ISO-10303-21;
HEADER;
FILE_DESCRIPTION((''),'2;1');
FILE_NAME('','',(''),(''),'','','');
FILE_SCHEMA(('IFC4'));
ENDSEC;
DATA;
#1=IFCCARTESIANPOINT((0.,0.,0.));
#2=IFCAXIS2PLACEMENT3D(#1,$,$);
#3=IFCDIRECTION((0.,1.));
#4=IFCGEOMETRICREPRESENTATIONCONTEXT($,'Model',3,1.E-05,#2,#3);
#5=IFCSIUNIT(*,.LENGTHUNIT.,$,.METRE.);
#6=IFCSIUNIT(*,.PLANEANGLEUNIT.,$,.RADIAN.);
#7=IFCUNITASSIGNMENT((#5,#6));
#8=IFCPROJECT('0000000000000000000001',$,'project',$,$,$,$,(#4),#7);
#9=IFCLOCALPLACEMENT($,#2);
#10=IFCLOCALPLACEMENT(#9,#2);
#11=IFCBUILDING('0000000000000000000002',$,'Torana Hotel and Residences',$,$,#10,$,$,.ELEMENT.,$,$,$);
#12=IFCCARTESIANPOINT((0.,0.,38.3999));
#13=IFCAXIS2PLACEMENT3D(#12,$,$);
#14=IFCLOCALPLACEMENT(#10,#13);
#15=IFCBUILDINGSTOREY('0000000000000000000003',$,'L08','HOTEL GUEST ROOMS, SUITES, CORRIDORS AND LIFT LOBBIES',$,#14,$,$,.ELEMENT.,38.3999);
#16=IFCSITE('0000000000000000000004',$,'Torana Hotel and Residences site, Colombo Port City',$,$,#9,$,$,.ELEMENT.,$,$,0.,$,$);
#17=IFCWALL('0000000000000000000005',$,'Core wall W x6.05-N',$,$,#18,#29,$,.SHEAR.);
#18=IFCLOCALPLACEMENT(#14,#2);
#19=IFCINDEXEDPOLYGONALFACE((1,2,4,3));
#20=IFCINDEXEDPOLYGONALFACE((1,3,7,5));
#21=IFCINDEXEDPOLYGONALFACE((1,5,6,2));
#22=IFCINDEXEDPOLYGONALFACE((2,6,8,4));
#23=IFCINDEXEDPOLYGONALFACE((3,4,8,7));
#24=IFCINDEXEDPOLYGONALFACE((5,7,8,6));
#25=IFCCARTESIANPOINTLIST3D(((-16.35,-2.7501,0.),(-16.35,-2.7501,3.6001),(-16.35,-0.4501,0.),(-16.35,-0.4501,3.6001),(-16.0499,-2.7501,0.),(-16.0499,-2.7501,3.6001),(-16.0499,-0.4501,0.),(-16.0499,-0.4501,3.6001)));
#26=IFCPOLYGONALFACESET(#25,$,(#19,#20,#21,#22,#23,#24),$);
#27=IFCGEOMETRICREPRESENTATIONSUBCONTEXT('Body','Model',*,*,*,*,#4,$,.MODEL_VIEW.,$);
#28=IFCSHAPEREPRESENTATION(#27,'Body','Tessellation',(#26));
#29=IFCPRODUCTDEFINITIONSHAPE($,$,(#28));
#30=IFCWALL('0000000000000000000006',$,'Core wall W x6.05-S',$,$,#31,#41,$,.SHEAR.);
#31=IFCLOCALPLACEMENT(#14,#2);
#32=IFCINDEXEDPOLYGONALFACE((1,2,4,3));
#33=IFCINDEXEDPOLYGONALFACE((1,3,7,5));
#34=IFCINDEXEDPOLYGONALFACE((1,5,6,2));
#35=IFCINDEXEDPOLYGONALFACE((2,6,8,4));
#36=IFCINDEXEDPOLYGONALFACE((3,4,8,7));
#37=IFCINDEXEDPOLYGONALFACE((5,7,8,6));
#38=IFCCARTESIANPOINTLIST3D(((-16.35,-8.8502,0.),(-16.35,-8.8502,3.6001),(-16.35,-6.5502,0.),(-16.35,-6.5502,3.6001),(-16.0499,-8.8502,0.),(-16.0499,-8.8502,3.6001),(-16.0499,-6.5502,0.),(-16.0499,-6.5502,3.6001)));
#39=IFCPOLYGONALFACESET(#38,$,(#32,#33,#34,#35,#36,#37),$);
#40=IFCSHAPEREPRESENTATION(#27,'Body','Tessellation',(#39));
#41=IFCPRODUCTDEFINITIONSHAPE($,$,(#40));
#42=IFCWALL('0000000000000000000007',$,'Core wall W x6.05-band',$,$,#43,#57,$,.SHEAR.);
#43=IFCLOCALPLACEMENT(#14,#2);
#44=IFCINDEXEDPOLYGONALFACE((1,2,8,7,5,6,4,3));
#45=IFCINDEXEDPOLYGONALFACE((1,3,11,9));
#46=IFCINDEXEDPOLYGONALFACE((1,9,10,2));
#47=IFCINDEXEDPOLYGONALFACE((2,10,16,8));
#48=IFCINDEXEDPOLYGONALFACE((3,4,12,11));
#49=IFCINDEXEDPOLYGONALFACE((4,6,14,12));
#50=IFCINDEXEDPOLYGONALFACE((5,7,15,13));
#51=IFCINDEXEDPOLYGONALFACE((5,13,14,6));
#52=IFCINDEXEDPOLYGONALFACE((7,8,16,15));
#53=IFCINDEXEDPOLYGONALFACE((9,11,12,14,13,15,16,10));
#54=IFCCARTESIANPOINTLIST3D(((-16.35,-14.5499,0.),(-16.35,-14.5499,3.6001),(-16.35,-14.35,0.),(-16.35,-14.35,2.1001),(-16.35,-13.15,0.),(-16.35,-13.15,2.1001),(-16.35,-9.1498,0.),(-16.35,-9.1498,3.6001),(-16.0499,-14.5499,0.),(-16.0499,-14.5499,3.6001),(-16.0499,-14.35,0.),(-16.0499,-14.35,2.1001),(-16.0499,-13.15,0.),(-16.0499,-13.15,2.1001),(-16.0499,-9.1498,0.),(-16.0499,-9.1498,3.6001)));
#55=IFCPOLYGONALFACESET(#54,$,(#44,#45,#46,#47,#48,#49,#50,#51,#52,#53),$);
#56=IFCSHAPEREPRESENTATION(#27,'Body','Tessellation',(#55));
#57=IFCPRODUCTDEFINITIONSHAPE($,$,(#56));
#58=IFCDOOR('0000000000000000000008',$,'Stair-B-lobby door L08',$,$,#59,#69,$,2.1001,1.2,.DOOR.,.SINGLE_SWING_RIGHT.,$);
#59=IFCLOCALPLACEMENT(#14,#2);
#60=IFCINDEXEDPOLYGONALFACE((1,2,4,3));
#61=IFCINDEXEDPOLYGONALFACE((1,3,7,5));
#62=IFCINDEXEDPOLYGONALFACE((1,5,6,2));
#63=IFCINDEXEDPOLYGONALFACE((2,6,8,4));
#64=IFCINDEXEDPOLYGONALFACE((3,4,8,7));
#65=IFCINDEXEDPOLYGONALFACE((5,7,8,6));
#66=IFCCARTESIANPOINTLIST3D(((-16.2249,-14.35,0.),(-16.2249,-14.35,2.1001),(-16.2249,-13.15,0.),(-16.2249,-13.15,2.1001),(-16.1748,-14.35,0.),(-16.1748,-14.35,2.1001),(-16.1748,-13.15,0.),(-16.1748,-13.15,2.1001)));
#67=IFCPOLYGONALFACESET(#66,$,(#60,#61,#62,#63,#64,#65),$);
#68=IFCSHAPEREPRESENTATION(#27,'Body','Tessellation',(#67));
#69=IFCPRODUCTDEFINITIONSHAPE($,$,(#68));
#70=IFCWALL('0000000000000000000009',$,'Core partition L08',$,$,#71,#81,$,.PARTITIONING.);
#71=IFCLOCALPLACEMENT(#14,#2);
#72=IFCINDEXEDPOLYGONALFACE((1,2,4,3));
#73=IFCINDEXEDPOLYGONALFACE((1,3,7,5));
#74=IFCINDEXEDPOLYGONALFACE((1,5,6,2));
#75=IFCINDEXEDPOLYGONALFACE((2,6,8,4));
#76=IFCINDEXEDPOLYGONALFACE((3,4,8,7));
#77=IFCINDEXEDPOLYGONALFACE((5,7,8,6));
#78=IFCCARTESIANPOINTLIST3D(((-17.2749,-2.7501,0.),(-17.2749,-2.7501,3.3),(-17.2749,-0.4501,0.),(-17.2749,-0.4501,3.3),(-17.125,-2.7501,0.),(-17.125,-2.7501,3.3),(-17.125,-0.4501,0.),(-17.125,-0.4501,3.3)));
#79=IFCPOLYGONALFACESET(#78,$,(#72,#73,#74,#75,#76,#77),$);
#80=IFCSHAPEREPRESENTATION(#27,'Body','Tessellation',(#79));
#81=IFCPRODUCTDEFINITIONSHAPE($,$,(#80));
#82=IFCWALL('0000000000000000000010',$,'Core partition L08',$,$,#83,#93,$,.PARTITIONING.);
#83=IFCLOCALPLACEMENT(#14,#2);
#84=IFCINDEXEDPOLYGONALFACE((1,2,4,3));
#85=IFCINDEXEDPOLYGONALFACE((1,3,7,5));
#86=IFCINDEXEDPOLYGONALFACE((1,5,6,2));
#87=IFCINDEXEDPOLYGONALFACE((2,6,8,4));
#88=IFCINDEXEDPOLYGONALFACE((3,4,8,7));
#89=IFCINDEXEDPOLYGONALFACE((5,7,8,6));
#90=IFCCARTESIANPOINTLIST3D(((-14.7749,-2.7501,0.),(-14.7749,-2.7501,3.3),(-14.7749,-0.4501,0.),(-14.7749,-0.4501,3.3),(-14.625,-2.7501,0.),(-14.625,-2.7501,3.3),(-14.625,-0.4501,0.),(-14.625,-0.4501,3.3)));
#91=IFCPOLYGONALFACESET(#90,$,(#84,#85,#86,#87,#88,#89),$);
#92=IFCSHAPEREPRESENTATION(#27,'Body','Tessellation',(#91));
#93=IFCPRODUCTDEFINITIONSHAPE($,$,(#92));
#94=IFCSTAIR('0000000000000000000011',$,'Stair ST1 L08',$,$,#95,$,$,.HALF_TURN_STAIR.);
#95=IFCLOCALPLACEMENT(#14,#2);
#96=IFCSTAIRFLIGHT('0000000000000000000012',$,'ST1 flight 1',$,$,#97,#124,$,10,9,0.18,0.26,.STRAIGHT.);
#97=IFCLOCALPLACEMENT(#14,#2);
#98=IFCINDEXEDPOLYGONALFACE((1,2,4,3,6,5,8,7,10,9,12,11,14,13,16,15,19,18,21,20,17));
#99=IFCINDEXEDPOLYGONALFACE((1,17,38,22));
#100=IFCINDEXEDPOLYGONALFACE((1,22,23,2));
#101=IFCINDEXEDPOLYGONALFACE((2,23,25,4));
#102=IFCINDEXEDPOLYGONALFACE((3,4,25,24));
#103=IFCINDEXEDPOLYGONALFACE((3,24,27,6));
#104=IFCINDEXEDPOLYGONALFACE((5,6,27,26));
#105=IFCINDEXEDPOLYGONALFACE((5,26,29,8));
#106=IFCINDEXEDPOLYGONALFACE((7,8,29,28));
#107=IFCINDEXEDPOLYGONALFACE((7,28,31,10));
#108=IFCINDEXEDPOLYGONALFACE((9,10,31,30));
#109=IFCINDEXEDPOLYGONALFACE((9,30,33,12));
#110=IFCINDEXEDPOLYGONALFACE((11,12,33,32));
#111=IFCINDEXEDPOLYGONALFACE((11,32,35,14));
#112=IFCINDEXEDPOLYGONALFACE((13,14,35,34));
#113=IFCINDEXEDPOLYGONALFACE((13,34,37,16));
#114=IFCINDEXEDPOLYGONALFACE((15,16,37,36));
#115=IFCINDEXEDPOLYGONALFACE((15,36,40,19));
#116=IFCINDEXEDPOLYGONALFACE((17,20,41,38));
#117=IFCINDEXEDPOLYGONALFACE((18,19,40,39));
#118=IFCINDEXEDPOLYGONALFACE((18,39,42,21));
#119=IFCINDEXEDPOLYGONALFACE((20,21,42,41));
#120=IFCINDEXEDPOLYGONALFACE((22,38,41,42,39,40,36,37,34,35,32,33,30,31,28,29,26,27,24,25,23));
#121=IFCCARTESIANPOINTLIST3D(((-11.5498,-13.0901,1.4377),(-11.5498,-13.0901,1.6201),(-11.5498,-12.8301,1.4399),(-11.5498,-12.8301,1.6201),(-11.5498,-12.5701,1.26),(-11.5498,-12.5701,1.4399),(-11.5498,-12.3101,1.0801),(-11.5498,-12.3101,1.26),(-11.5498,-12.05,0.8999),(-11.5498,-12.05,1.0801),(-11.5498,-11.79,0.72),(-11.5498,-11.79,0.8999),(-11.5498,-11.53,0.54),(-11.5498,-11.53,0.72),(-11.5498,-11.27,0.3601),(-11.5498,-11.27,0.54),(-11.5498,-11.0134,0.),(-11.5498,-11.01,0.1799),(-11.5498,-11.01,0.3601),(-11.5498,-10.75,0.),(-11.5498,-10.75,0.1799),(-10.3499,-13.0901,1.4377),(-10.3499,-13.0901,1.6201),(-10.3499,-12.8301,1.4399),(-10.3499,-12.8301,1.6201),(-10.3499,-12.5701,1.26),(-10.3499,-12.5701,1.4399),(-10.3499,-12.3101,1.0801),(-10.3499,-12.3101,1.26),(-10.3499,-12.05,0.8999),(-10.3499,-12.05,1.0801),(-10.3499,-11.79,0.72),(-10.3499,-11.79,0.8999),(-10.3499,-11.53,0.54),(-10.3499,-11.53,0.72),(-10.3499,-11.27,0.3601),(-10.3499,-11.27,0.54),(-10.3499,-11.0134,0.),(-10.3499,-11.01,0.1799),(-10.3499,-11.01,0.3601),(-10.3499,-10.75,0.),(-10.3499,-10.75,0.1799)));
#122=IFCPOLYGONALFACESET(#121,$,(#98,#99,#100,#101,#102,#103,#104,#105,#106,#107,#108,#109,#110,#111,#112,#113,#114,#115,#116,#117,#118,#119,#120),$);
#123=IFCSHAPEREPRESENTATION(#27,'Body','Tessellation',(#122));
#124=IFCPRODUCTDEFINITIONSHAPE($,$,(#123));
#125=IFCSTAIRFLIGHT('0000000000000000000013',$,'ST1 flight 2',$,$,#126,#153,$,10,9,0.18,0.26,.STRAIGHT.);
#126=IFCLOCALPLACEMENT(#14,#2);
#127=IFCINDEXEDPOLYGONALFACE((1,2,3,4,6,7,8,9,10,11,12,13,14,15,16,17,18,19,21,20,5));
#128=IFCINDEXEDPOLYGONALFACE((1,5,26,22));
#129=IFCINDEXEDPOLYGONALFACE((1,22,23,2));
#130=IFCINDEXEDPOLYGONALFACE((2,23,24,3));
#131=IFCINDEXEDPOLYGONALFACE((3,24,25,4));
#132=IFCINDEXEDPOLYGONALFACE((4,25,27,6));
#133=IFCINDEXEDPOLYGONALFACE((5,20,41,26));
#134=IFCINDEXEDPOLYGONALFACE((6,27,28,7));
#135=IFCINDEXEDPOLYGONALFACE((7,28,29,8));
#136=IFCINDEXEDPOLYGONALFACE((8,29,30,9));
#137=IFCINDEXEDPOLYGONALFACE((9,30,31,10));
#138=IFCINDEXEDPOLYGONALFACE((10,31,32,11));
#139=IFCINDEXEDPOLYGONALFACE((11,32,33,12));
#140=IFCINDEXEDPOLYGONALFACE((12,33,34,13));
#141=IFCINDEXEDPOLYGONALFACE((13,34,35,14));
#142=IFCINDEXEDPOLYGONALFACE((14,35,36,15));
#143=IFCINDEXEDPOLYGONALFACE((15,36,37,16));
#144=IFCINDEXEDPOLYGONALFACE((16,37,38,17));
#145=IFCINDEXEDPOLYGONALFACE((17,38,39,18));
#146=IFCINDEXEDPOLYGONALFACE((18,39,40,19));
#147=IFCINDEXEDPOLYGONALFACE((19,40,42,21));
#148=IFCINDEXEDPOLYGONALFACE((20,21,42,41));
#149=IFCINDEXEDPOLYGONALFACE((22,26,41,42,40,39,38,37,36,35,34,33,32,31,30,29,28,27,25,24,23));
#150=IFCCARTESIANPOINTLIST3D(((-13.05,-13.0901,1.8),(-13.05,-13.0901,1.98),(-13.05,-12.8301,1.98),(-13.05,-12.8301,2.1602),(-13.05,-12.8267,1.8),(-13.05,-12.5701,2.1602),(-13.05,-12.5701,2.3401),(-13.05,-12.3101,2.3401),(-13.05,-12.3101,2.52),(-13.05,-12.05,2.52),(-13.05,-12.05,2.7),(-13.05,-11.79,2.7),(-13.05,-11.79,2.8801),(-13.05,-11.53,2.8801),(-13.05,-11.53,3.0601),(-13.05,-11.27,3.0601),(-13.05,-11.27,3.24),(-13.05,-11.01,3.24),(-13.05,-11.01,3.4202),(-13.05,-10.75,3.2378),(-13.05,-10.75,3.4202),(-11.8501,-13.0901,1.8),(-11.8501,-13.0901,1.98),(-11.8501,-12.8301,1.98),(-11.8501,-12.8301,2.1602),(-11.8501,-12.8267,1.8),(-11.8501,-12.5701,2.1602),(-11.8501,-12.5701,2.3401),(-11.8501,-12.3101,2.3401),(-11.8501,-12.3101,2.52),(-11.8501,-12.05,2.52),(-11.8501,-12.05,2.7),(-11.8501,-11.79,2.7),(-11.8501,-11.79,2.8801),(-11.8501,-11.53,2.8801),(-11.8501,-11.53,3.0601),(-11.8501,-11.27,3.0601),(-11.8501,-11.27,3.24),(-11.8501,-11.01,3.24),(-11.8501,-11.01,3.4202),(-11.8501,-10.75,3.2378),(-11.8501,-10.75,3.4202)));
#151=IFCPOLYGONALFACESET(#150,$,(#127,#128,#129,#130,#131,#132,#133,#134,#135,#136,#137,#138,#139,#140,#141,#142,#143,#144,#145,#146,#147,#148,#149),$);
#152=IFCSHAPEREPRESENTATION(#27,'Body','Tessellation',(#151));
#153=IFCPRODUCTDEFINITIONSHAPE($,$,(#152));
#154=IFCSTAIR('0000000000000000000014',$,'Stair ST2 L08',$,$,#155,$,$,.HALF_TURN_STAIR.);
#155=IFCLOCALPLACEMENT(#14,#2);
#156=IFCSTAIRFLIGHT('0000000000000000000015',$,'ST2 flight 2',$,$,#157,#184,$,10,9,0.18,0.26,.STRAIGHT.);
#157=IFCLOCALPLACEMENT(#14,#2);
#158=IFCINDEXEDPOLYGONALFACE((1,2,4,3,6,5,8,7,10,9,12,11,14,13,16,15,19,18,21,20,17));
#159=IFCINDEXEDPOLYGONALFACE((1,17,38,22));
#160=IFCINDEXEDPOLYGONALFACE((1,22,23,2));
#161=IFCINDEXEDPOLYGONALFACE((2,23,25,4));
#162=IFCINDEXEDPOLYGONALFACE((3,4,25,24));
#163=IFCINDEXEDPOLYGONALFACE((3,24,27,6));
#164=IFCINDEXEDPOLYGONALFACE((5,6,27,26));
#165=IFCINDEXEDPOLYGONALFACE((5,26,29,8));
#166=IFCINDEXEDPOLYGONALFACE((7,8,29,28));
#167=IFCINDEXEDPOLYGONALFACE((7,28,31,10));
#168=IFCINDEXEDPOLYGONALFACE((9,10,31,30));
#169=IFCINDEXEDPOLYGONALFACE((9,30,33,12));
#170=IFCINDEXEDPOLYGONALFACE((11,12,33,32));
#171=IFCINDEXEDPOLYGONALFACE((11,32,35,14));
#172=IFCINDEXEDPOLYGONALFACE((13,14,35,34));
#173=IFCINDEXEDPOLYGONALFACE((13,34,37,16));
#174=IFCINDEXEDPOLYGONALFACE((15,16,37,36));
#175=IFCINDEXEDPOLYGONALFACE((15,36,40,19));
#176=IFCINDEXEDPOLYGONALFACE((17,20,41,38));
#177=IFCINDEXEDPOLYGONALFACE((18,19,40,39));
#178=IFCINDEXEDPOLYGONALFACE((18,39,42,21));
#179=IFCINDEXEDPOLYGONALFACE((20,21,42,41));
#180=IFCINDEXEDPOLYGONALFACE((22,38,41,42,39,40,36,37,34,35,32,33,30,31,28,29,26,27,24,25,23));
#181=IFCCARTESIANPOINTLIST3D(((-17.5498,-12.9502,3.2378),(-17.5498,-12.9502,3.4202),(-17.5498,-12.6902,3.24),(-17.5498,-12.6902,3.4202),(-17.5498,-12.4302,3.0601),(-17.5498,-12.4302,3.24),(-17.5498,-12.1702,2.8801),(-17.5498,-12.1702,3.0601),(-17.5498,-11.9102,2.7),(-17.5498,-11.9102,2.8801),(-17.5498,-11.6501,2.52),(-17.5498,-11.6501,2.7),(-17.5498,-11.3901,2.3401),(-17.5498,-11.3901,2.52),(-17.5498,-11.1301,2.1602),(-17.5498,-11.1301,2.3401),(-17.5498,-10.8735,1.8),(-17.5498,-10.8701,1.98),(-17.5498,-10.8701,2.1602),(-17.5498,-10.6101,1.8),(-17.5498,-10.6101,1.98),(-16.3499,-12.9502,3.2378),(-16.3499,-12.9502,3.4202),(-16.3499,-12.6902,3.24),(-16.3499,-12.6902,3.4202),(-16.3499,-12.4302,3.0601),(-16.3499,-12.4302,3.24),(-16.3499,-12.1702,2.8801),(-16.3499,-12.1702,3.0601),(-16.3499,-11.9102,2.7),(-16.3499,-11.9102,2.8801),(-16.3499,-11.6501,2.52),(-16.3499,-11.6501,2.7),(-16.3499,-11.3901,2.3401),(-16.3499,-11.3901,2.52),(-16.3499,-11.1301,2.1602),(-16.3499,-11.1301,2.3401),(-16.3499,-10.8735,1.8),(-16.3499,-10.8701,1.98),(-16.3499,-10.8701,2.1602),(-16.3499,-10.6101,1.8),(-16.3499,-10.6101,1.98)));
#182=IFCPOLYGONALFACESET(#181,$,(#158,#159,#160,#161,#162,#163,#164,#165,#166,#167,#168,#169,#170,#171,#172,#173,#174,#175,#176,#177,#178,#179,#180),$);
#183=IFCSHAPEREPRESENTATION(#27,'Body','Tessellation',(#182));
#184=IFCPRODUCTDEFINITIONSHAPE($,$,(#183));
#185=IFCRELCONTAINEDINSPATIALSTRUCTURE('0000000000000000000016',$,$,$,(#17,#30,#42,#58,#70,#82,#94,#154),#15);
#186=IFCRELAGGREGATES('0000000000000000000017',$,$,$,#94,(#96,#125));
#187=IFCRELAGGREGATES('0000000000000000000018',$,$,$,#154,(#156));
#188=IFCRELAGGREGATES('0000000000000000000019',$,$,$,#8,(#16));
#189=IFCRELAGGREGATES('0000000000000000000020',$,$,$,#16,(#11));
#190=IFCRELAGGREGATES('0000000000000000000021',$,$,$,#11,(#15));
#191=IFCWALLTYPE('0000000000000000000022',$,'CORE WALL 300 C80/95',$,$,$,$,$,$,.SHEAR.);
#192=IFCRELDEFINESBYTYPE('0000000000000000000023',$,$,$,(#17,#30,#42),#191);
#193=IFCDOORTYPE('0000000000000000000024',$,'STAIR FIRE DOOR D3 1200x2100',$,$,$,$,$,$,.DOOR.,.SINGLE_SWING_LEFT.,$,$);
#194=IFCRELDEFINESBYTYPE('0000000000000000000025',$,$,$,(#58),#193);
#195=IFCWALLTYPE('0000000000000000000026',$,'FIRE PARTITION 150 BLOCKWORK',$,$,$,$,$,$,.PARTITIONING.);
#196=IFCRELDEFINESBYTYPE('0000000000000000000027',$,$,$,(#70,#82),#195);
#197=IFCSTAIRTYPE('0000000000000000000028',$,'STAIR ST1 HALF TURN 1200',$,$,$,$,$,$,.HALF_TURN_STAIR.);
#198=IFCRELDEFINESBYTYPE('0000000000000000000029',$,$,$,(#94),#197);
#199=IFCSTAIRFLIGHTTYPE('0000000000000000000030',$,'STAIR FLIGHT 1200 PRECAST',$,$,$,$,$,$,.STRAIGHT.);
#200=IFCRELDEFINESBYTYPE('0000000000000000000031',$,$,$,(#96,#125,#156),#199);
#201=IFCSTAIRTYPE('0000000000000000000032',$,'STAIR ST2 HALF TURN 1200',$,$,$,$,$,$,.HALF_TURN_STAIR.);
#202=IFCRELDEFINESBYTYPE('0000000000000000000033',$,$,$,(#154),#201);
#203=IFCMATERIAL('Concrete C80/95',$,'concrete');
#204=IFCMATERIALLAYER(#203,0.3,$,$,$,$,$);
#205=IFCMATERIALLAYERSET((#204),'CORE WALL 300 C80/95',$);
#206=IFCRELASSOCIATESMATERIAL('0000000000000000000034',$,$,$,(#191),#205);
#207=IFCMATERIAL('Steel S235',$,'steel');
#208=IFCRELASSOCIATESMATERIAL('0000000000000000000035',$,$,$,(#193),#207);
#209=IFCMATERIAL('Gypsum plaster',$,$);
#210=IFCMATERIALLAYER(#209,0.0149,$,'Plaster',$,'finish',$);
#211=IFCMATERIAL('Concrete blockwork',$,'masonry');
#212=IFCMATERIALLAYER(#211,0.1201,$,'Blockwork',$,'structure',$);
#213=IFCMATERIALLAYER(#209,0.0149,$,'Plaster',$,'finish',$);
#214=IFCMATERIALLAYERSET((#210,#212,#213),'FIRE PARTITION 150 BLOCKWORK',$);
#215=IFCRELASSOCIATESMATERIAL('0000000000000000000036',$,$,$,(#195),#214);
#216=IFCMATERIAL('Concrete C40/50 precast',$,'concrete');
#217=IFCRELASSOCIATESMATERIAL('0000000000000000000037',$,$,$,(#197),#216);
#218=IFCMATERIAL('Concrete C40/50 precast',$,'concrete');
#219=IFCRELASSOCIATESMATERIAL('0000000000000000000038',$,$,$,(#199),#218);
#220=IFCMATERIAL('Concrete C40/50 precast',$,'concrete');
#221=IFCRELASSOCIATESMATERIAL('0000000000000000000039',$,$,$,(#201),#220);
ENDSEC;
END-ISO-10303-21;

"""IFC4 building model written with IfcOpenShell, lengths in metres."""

from ifc_helpers import new_model, si_unit, direction, frame, frame_2d, origin, place, context, subcontext, project, spatial, polyline, rectangle, outline, extrude, material, layer, layer_set, type_object, element, fill, aggregate, save


model = new_model("IFC4")

# Units and contexts
model_context = context("Model", 3, precision=1e-05, world=origin(), true_north=direction((0.0, 1.0)))
body_context = subcontext(model_context, "Body", "Model", "MODEL_VIEW")
ifc_project = project(units=[si_unit("LENGTHUNIT", "METRE"), si_unit("PLANEANGLEUNIT", "RADIAN")], contexts=[model_context])

# Site, building, storey
site_placement = place(None, origin())
site = spatial("IfcSite", under=ifc_project, at=site_placement, Name="Torana Hotel and Residences site, Colombo Port City", CompositionType="ELEMENT", RefElevation=0.0)
building_placement = place(site_placement, origin())
building = spatial("IfcBuilding", under=site, at=building_placement, Name="Torana Hotel and Residences", CompositionType="ELEMENT")
storey_placement = place(building_placement, frame((0.0, 0.0, 38.3999)))
storey = spatial("IfcBuildingStorey", under=building, at=storey_placement, Name="L08", Description="HOTEL GUEST ROOMS, SUITES, CORRIDORS AND LIFT LOBBIES", CompositionType="ELEMENT", Elevation=38.3999)

# Shared definitions
ifc_material_1 = material(Name="Concrete C80/95", Category="concrete")
ifc_layer_1 = layer(ifc_material_1, 0.3)
ifc_layer_set_1 = layer_set([ifc_layer_1], Name="CORE WALL 300 C80/95")
wall_type_1 = type_object("IfcWallType", Name="CORE WALL 300 C80/95", PredefinedType="SHEAR", material=ifc_layer_set_1)

# Shared definitions
ifc_material_2 = material(Name="Steel S235", Category="steel")
door_type_1 = type_object("IfcDoorType", Name="STAIR FIRE DOOR D3 1200x2100", OperationType="SINGLE_SWING_LEFT", PredefinedType="DOOR", material=ifc_material_2)

# Walls
for number, where, z_axis, x_axis, name in (
    (1, (-16.2, -2.75, 0.0), (0.0, 0.0, 1.0), (0.0, 1.0, 0.0), "Core wall W x6.05-N"),
    (2, (-16.2, -8.8501, 0.0), (0.0, 0.0, 1.0), (0.0, 1.0, 0.0), "Core wall W x6.05-S"),
):
    element("IfcWall", number, at=place(storey_placement, frame(where, z_axis=z_axis, x_axis=x_axis)), inside=storey, type_object=wall_type_1, Name=name, PredefinedType="SHEAR", context=body_context, shape_type="SweptSolid", body=[
        extrude(rectangle(XDim=2.3, YDim=0.3, at=frame_2d((1.1499, 0.0))), origin(), (0.0, 0.0, 1.0), 3.6001),
    ])

# Wall, opening, door
wall_1_placement = place(storey_placement, frame((-16.2, -14.55, 0.0), z_axis=(0.0, 0.0, 1.0), x_axis=(0.0, 1.0, 0.0)))
wall_1 = element("IfcWall", 3, at=wall_1_placement, inside=storey, type_object=wall_type_1, Name="Core wall W x6.05-band", PredefinedType="SHEAR", context=body_context, shape_type="SweptSolid", body=[
    extrude(rectangle(XDim=5.4001, YDim=0.3, at=frame_2d((2.7002, 0.0))), origin(), (0.0, 0.0, 1.0), 3.6001),
])
opening_1_placement = place(wall_1_placement, frame((0.2, 0.0, 0.0)))
opening_1 = element("IfcOpeningElement", 4, at=opening_1_placement, cuts=wall_1, PredefinedType="OPENING", context=body_context, shape_type="SweptSolid", body=[
    extrude(rectangle(XDim=1.2, YDim=2.1001, at=frame_2d((0.6001, 1.05))), frame((0.0, 0.1599, 0.0), z_axis=(0.0, -1.0, 0.0), x_axis=(1.0, 0.0, 0.0)), (0.0, 0.0, 1.0), 0.3201),
])
door_1_placement = place(opening_1_placement, origin())
door_1 = element("IfcDoor", 5, at=door_1_placement, inside=storey, type_object=door_type_1, Name="Stair-B-lobby door L08", OperationType="SINGLE_SWING_RIGHT", OverallHeight=2.1001, OverallWidth=1.2, PredefinedType="DOOR", context=body_context, shape_type="SweptSolid", body=[
    extrude(rectangle(XDim=1.2, YDim=2.1001, at=frame_2d((0.6001, 1.05))), frame((0.0, 0.0249, 0.0), z_axis=(0.0, -1.0, 0.0), x_axis=(1.0, 0.0, 0.0)), (0.0, 0.0, 1.0), 0.05),
])
fill(opening_1, door_1)

# Walls
ifc_material_3 = material(Name="Gypsum plaster")
ifc_layer_2 = layer(ifc_material_3, 0.0149, Name="Plaster", Category="finish")
ifc_material_4 = material(Name="Concrete blockwork", Category="masonry")
ifc_layer_3 = layer(ifc_material_4, 0.1201, Name="Blockwork", Category="structure")
ifc_layer_4 = layer(ifc_material_3, 0.0149, Name="Plaster", Category="finish")
ifc_layer_set_2 = layer_set([ifc_layer_2, ifc_layer_3, ifc_layer_4], Name="FIRE PARTITION 150 BLOCKWORK")
wall_type_2 = type_object("IfcWallType", Name="FIRE PARTITION 150 BLOCKWORK", PredefinedType="PARTITIONING", material=ifc_layer_set_2)
for number, where, z_axis, x_axis, name in (
    (6, (-17.2, -2.75, 0.0), (0.0, 0.0, 1.0), (0.0, 1.0, 0.0), "Core partition L08"),
    (7, (-14.7, -2.75, 0.0), (0.0, 0.0, 1.0), (0.0, 1.0, 0.0), "Core partition L08"),
):
    element("IfcWall", number, at=place(storey_placement, frame(where, z_axis=z_axis, x_axis=x_axis)), inside=storey, type_object=wall_type_2, Name=name, PredefinedType="PARTITIONING", context=body_context, shape_type="SweptSolid", body=[
        extrude(rectangle(XDim=2.3, YDim=0.1499, at=frame_2d((1.1499, 0.0))), origin(), (0.0, 0.0, 1.0), 3.3),
    ])

# Stair, stair flights
ifc_material_5 = material(Name="Concrete C40/50 precast", Category="concrete")
stair_type_1 = type_object("IfcStairType", Name="STAIR ST1 HALF TURN 1200", PredefinedType="HALF_TURN_STAIR", material=ifc_material_5)
stair_1_placement = place(storey_placement, origin())
stair_1 = element("IfcStair", 8, at=stair_1_placement, inside=storey, type_object=stair_type_1, Name="Stair ST1 L08", PredefinedType="HALF_TURN_STAIR")
ifc_material_6 = material(Name="Concrete C40/50 precast", Category="concrete")
stair_flight_type = type_object("IfcStairFlightType", Name="STAIR FLIGHT 1200 PRECAST", PredefinedType="STRAIGHT", material=ifc_material_6)
stair_flight_1_placement = place(storey_placement, frame((-10.95, -10.75, 0.0), z_axis=(0.0, 0.0, 1.0), x_axis=(0.0, -1.0, 0.0)))
stair_flight_1 = element("IfcStairFlight", 9, at=stair_flight_1_placement, type_object=stair_flight_type, Name="ST1 flight 1", NumberOfRisers=10, NumberOfTreads=9, PredefinedType="STRAIGHT", RiserHeight=0.18, TreadLength=0.26, context=body_context, shape_type="SweptSolid", body=[
    extrude(outline(polyline([(0.0, 0.0), (0.0, 0.1799), (0.26, 0.1799), (0.26, 0.3601), (0.52, 0.3601), (0.52, 0.54), (0.78, 0.54), (0.78, 0.72), (1.04, 0.72), (1.04, 0.8999), (1.3, 0.8999), (1.3, 1.0801), (1.5601, 1.0801), (1.5601, 1.26), (1.8201, 1.26), (1.8201, 1.4399), (2.0801, 1.4399), (2.0801, 1.6201), (2.3401, 1.6201), (2.3401, 1.8), (2.3401, 1.4377), (0.2634, 0.0), (0.0, 0.0)])), frame((0.0, 0.6001, 0.0), z_axis=(0.0, -1.0, 0.0), x_axis=(1.0, 0.0, 0.0)), (0.0, 0.0, 1.0), 1.2),
])
stair_flight_2_placement = place(storey_placement, frame((-12.45, -13.0901, 1.8), z_axis=(0.0, 0.0, 1.0), x_axis=(0.0, 1.0, 0.0)))
stair_flight_2 = element("IfcStairFlight", 10, at=stair_flight_2_placement, type_object=stair_flight_type, Name="ST1 flight 2", NumberOfRisers=10, NumberOfTreads=9, PredefinedType="STRAIGHT", RiserHeight=0.18, TreadLength=0.26, context=body_context, shape_type="SweptSolid", body=[
    extrude(outline(polyline([(0.0, 0.0), (0.0, 0.1799), (0.26, 0.1799), (0.26, 0.3601), (0.52, 0.3601), (0.52, 0.54), (0.78, 0.54), (0.78, 0.72), (1.04, 0.72), (1.04, 0.8999), (1.3, 0.8999), (1.3, 1.0801), (1.5601, 1.0801), (1.5601, 1.26), (1.8201, 1.26), (1.8201, 1.4399), (2.0801, 1.4399), (2.0801, 1.6201), (2.3401, 1.6201), (2.3401, 1.8), (2.3401, 1.4377), (0.2634, 0.0), (0.0, 0.0)])), frame((0.0, 0.6001, 0.0), z_axis=(0.0, -1.0, 0.0), x_axis=(1.0, 0.0, 0.0)), (0.0, 0.0, 1.0), 1.2),
])
aggregate(stair_1, [stair_flight_1, stair_flight_2])

# Stair, stair flight
ifc_material_7 = material(Name="Concrete C40/50 precast", Category="concrete")
stair_type_2 = type_object("IfcStairType", Name="STAIR ST2 HALF TURN 1200", PredefinedType="HALF_TURN_STAIR", material=ifc_material_7)
stair_2_placement = place(storey_placement, origin())
stair_2 = element("IfcStair", 11, at=stair_2_placement, inside=storey, type_object=stair_type_2, Name="Stair ST2 L08", PredefinedType="HALF_TURN_STAIR")
stair_flight_3_placement = place(storey_placement, frame((-16.95, -10.6101, 1.8), z_axis=(0.0, 0.0, 1.0), x_axis=(0.0, -1.0, 0.0)))
stair_flight_3 = element("IfcStairFlight", 12, at=stair_flight_3_placement, type_object=stair_flight_type, Name="ST2 flight 2", NumberOfRisers=10, NumberOfTreads=9, PredefinedType="STRAIGHT", RiserHeight=0.18, TreadLength=0.26, context=body_context, shape_type="SweptSolid", body=[
    extrude(outline(polyline([(0.0, 0.0), (0.0, 0.1799), (0.26, 0.1799), (0.26, 0.3601), (0.52, 0.3601), (0.52, 0.54), (0.78, 0.54), (0.78, 0.72), (1.04, 0.72), (1.04, 0.8999), (1.3, 0.8999), (1.3, 1.0801), (1.5601, 1.0801), (1.5601, 1.26), (1.8201, 1.26), (1.8201, 1.4399), (2.0801, 1.4399), (2.0801, 1.6201), (2.3401, 1.6201), (2.3401, 1.8), (2.3401, 1.4377), (0.2634, 0.0), (0.0, 0.0)])), frame((0.0, 0.6001, 0.0), z_axis=(0.0, -1.0, 0.0), x_axis=(1.0, 0.0, 0.0)), (0.0, 0.0, 1.0), 1.2),
])
aggregate(stair_2, [stair_flight_3])

save(model, "model.ifc")
